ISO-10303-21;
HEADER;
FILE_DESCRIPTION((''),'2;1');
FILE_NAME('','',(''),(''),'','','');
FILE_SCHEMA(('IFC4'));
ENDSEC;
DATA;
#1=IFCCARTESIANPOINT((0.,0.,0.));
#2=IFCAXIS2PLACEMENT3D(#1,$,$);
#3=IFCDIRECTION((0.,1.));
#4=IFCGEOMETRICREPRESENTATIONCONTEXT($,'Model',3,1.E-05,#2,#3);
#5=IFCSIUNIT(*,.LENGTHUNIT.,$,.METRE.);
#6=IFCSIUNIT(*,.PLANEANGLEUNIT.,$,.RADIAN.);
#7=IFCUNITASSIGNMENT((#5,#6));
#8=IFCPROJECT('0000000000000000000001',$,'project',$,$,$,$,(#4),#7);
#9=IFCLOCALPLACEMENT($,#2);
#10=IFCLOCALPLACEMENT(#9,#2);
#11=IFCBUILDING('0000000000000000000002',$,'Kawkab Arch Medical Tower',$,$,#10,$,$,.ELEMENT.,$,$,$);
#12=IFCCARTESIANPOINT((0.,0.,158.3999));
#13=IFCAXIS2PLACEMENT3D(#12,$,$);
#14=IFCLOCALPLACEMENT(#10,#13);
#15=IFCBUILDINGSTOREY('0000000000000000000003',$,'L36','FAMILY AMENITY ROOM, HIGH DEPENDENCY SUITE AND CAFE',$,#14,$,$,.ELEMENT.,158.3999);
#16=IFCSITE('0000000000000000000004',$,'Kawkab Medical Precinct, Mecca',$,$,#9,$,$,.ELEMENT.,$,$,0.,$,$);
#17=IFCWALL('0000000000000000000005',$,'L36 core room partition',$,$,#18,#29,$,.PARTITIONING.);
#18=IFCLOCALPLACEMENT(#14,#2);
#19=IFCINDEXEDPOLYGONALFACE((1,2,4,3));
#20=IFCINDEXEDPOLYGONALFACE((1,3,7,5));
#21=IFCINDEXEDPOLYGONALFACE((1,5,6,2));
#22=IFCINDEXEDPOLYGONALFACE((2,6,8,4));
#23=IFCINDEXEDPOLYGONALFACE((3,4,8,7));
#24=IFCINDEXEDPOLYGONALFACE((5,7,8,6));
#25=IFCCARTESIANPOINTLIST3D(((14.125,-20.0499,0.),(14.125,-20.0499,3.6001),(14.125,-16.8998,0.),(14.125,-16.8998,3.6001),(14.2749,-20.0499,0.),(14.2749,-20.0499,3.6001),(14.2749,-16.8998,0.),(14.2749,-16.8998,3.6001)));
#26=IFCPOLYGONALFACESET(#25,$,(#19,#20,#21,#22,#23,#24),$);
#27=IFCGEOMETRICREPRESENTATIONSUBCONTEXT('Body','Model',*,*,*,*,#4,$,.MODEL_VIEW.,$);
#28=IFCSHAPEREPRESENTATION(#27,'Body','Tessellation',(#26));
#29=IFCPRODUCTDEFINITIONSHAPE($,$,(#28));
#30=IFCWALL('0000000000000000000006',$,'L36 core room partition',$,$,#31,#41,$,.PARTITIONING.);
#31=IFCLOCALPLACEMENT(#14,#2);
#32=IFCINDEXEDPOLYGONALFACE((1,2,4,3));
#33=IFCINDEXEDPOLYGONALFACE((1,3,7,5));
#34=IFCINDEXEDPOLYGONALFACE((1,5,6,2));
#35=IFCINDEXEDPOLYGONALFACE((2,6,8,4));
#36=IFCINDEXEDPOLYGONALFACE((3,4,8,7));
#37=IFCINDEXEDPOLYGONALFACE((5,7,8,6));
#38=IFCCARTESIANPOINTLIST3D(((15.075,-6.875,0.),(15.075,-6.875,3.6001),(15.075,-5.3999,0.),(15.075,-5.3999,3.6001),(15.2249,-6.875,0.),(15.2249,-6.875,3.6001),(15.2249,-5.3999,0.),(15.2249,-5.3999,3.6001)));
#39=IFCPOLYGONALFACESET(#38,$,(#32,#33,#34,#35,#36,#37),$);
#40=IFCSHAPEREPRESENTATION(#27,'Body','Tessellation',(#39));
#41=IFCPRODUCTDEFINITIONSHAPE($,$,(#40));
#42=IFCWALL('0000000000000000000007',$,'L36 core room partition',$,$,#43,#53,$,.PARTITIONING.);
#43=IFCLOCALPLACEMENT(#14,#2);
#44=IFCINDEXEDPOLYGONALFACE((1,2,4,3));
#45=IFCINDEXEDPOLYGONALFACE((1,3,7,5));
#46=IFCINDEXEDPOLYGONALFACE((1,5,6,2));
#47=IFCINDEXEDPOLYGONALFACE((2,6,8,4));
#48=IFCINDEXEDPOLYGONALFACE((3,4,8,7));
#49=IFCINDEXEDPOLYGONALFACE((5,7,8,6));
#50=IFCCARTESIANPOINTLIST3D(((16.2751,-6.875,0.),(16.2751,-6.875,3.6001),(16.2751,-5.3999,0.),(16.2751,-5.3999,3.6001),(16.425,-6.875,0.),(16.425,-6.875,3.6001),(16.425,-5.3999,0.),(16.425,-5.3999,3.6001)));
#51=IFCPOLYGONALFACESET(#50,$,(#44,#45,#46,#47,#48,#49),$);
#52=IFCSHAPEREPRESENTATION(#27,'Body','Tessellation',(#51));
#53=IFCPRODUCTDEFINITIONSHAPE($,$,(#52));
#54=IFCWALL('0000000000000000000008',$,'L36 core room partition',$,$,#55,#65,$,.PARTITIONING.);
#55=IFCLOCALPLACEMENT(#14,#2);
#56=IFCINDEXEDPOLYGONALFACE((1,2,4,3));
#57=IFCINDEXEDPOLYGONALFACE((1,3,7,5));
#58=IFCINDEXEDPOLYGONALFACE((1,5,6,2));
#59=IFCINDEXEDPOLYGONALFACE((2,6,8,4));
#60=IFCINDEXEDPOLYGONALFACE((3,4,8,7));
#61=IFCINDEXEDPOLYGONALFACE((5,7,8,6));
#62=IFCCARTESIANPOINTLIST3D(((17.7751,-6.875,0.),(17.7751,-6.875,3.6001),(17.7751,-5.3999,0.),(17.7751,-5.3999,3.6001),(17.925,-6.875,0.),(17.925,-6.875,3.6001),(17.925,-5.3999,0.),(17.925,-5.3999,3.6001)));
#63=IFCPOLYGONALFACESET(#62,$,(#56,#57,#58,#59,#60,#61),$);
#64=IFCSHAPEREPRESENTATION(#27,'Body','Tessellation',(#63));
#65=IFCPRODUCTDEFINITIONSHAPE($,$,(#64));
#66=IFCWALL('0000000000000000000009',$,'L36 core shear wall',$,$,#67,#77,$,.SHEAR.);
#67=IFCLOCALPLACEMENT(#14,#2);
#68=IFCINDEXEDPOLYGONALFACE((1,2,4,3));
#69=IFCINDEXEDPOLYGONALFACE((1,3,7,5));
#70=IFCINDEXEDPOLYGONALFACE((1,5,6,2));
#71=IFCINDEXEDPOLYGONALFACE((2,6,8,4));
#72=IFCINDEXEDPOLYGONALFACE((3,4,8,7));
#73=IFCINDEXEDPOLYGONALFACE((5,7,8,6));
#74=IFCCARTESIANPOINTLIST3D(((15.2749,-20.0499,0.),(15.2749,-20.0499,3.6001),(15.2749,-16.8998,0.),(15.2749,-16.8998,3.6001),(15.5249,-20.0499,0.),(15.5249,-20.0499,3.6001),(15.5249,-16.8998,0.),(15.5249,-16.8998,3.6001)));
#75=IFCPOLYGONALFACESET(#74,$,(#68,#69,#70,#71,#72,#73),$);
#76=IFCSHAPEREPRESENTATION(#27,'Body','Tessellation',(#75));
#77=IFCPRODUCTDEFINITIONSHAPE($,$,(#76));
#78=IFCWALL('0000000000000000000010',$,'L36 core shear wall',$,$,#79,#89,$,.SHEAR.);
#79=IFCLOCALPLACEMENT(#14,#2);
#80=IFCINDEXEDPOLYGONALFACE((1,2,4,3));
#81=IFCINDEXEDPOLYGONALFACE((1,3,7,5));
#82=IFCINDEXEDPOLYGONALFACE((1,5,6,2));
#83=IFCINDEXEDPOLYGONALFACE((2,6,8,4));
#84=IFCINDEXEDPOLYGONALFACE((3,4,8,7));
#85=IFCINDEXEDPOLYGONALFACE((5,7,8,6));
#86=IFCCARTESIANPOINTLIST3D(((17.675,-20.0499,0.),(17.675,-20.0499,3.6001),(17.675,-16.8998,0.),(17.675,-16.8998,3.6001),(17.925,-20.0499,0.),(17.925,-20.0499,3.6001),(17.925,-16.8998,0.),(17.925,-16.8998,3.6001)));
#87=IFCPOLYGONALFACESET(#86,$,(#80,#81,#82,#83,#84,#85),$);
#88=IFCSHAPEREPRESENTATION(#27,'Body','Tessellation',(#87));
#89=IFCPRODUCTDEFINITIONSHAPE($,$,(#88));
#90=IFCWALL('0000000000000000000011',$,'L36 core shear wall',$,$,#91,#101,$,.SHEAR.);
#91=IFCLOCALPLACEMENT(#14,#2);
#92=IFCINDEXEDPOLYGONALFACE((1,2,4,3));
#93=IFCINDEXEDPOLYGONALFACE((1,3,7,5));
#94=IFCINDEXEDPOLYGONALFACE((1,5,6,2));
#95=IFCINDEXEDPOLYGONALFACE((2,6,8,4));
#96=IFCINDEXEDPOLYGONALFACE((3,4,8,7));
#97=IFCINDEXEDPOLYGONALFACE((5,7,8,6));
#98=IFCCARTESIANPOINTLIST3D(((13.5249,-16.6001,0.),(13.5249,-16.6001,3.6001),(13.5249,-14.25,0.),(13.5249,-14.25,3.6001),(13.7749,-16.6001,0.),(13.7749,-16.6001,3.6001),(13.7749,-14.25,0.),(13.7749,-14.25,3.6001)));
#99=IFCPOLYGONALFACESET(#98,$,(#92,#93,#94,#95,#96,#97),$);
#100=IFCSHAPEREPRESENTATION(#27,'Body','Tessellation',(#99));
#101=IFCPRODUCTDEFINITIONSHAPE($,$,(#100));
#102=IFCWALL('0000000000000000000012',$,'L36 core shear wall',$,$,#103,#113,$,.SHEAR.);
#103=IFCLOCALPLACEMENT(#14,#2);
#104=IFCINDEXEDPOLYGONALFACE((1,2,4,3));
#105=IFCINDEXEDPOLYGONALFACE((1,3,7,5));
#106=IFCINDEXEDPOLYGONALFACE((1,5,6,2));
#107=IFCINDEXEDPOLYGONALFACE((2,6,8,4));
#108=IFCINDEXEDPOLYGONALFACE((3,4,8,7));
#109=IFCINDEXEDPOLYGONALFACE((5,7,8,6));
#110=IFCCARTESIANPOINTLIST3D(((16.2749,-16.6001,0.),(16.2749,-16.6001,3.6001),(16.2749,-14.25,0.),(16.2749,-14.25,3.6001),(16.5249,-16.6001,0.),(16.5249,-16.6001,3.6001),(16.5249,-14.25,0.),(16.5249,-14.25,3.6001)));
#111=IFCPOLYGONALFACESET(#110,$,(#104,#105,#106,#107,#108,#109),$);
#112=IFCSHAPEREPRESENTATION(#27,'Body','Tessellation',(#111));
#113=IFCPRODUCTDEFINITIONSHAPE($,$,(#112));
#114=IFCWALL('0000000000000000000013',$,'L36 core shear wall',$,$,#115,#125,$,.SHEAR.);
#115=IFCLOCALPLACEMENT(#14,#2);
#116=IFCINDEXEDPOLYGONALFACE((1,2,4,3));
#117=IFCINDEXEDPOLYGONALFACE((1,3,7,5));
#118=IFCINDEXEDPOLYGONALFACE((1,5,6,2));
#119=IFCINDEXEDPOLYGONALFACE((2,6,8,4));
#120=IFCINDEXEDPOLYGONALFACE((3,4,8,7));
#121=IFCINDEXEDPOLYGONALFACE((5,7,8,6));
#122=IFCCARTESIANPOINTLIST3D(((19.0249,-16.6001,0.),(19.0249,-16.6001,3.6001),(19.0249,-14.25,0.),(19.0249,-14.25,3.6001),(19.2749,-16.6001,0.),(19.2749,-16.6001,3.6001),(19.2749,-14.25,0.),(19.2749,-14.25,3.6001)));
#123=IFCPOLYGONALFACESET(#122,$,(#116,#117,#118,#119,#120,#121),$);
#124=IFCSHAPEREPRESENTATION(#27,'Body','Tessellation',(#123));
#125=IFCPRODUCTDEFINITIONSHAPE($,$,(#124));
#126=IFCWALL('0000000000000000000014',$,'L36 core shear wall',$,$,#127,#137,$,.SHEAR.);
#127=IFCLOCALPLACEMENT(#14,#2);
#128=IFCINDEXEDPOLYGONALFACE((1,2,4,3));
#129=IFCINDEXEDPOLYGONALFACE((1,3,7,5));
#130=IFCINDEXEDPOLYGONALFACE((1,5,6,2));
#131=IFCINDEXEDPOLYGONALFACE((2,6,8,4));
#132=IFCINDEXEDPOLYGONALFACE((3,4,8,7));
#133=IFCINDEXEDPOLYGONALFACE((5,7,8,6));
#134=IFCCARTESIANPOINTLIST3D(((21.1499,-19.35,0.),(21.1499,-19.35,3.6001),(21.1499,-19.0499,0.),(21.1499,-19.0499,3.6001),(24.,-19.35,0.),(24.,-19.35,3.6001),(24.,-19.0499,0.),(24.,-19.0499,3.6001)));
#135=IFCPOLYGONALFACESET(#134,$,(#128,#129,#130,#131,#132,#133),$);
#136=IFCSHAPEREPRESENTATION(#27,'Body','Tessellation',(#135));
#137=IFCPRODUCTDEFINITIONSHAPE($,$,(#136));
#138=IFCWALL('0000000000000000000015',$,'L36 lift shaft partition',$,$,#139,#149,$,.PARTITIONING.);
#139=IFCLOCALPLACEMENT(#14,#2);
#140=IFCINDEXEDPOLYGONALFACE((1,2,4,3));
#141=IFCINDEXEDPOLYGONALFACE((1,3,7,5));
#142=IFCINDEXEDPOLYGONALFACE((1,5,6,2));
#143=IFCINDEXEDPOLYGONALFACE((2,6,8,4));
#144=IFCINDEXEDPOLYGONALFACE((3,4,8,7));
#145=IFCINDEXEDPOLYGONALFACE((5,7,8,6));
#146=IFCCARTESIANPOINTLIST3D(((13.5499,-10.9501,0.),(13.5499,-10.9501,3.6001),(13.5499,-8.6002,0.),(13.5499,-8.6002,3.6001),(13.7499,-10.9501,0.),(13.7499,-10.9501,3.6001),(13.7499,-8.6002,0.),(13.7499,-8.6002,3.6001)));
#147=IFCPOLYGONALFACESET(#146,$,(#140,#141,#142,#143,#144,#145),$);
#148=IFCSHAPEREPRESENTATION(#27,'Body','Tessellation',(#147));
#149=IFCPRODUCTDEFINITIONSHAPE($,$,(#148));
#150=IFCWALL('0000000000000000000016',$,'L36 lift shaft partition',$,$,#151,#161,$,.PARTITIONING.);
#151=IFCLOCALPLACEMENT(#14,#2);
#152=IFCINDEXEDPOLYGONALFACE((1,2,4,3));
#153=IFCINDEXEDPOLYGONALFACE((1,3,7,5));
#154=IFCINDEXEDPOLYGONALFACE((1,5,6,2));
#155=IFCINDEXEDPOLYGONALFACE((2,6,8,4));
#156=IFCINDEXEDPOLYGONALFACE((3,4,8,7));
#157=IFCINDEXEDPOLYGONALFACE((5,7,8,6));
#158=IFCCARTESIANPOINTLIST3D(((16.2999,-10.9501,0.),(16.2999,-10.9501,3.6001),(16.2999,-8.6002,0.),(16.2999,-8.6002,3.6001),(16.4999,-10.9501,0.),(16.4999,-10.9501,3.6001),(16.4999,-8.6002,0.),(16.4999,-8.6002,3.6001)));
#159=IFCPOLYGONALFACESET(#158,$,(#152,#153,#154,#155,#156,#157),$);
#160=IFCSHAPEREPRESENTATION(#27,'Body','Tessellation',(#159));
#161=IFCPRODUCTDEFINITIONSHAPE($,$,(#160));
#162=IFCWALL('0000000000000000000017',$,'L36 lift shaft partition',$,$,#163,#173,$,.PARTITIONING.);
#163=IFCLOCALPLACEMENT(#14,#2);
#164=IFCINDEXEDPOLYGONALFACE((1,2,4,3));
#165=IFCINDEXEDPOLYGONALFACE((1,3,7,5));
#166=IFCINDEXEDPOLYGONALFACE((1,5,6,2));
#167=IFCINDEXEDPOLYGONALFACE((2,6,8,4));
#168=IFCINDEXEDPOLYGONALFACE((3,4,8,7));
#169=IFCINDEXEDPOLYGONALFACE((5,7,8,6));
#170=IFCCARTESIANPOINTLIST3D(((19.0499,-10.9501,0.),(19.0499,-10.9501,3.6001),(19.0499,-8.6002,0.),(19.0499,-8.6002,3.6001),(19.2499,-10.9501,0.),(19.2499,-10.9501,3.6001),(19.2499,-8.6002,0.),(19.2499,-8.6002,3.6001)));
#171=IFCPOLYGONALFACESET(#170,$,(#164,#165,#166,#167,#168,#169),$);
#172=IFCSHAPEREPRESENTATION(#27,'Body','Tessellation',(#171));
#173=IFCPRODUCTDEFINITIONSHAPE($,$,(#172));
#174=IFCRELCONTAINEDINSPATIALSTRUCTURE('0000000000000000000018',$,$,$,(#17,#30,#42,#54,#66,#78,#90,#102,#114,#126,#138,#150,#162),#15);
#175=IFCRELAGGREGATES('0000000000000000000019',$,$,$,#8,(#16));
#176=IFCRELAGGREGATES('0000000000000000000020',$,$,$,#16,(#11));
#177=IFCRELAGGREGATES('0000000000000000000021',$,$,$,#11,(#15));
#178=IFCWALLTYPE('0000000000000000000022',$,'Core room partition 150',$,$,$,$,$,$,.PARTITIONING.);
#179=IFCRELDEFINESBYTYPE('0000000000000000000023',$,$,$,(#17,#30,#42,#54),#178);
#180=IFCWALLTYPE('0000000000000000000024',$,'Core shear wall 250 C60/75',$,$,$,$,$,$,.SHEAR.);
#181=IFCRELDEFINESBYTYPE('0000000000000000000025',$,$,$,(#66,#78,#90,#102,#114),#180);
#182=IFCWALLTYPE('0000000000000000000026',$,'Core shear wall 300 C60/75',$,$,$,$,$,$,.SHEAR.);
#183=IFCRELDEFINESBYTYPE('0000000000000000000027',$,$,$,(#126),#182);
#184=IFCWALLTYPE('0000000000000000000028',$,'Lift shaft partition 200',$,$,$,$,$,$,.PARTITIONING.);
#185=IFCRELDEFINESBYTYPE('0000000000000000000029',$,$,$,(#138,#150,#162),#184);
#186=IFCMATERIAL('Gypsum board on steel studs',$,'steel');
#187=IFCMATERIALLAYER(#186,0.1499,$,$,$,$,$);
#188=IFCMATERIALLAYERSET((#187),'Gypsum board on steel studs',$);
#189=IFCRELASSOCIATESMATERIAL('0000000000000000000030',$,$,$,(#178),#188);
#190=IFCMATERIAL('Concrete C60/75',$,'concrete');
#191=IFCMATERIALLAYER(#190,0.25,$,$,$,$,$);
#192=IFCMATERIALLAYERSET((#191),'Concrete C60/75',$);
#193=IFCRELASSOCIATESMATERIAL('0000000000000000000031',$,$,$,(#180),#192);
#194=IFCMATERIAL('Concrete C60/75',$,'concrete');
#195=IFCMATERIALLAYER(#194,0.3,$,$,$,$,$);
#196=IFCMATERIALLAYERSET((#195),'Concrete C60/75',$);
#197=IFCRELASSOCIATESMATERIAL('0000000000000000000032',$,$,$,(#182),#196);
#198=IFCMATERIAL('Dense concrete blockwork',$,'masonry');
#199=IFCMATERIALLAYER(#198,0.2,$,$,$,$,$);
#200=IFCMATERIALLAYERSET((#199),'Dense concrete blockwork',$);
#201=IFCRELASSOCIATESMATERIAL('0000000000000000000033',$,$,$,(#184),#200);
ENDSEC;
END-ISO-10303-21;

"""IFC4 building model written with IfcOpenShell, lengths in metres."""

from ifc_helpers import new_model, si_unit, direction, frame, frame_2d, origin, place, context, subcontext, project, spatial, rectangle, extrude, material, layer, layer_set, type_object, element, save


model = new_model("IFC4")

# Units and contexts
model_context = context("Model", 3, precision=1e-05, world=origin(), true_north=direction((0.0, 1.0)))
body_context = subcontext(model_context, "Body", "Model", "MODEL_VIEW")
ifc_project = project(units=[si_unit("LENGTHUNIT", "METRE"), si_unit("PLANEANGLEUNIT", "RADIAN")], contexts=[model_context])

# Site, building, storey
site_placement = place(None, origin())
site = spatial("IfcSite", under=ifc_project, at=site_placement, Name="Kawkab Medical Precinct, Mecca", CompositionType="ELEMENT", RefElevation=0.0)
building_placement = place(site_placement, origin())
building = spatial("IfcBuilding", under=site, at=building_placement, Name="Kawkab Arch Medical Tower", CompositionType="ELEMENT")
storey_placement = place(building_placement, frame((0.0, 0.0, 158.3999)))
storey = spatial("IfcBuildingStorey", under=building, at=storey_placement, Name="L36", Description="FAMILY AMENITY ROOM, HIGH DEPENDENCY SUITE AND CAFE", CompositionType="ELEMENT", Elevation=158.3999)

# Walls
ifc_material_1 = material(Name="Gypsum board on steel studs", Category="steel")
ifc_layer_1 = layer(ifc_material_1, 0.1499)
ifc_layer_set_1 = layer_set([ifc_layer_1], Name="Gypsum board on steel studs")
wall_type_1 = type_object("IfcWallType", Name="Core room partition 150", PredefinedType="PARTITIONING", material=ifc_layer_set_1)
wall_1_placement = place(storey_placement, frame((14.2, -20.05, 0.0), z_axis=(0.0, 0.0, 1.0), x_axis=(0.0, 1.0, 0.0)))
element("IfcWall", 1, at=wall_1_placement, inside=storey, type_object=wall_type_1, Name="L36 core room partition", PredefinedType="PARTITIONING", context=body_context, shape_type="SweptSolid", body=[
    extrude(rectangle(XDim=3.1501, YDim=0.1499, at=frame_2d((1.5752, 0.0))), origin(), (0.0, 0.0, 1.0), 3.6001),
])
for number, where, z_axis, x_axis, name in (
    (2, (15.1499, -6.875, 0.0), (0.0, 0.0, 1.0), (0.0, 1.0, 0.0), "L36 core room partition"),
    (3, (16.3501, -6.875, 0.0), (0.0, 0.0, 1.0), (0.0, 1.0, 0.0), "L36 core room partition"),
    (4, (17.8501, -6.875, 0.0), (0.0, 0.0, 1.0), (0.0, 1.0, 0.0), "L36 core room partition"),
):
    element("IfcWall", number, at=place(storey_placement, frame(where, z_axis=z_axis, x_axis=x_axis)), inside=storey, type_object=wall_type_1, Name=name, PredefinedType="PARTITIONING", context=body_context, shape_type="SweptSolid", body=[
        extrude(rectangle(XDim=1.4751, YDim=0.1499, at=frame_2d((0.7375, 0.0))), origin(), (0.0, 0.0, 1.0), 3.6001),
    ])
ifc_material_2 = material(Name="Concrete C60/75", Category="concrete")
ifc_layer_2 = layer(ifc_material_2, 0.25)
ifc_layer_set_2 = layer_set([ifc_layer_2], Name="Concrete C60/75")
wall_type_2 = type_object("IfcWallType", Name="Core shear wall 250 C60/75", PredefinedType="SHEAR", material=ifc_layer_set_2)
for number, where, z_axis, x_axis, name in (
    (5, (15.3999, -20.05, 0.0), (0.0, 0.0, 1.0), (0.0, 1.0, 0.0), "L36 core shear wall"),
    (6, (17.8, -20.05, 0.0), (0.0, 0.0, 1.0), (0.0, 1.0, 0.0), "L36 core shear wall"),
):
    element("IfcWall", number, at=place(storey_placement, frame(where, z_axis=z_axis, x_axis=x_axis)), inside=storey, type_object=wall_type_2, Name=name, PredefinedType="SHEAR", context=body_context, shape_type="SweptSolid", body=[
        extrude(rectangle(XDim=3.1501, YDim=0.25, at=frame_2d((1.5752, 0.0))), origin(), (0.0, 0.0, 1.0), 3.6001),
    ])
for number, where, z_axis, x_axis, name in (
    (7, (13.6499, -16.6001, 0.0), (0.0, 0.0, 1.0), (0.0, 1.0, 0.0), "L36 core shear wall"),
    (8, (16.3999, -16.6001, 0.0), (0.0, 0.0, 1.0), (0.0, 1.0, 0.0), "L36 core shear wall"),
    (9, (19.1499, -16.6001, 0.0), (0.0, 0.0, 1.0), (0.0, 1.0, 0.0), "L36 core shear wall"),
):
    element("IfcWall", number, at=place(storey_placement, frame(where, z_axis=z_axis, x_axis=x_axis)), inside=storey, type_object=wall_type_2, Name=name, PredefinedType="SHEAR", context=body_context, shape_type="SweptSolid", body=[
        extrude(rectangle(XDim=2.3501, YDim=0.25, at=frame_2d((1.175, 0.0))), origin(), (0.0, 0.0, 1.0), 3.6001),
    ])
ifc_material_3 = material(Name="Concrete C60/75", Category="concrete")
ifc_layer_3 = layer(ifc_material_3, 0.3)
ifc_layer_set_3 = layer_set([ifc_layer_3], Name="Concrete C60/75")
wall_type_3 = type_object("IfcWallType", Name="Core shear wall 300 C60/75", PredefinedType="SHEAR", material=ifc_layer_set_3)
wall_2_placement = place(storey_placement, frame((21.1499, -19.2, 0.0), z_axis=(0.0, 0.0, 1.0), x_axis=(1.0, 0.0, 0.0)))
element("IfcWall", 10, at=wall_2_placement, inside=storey, type_object=wall_type_3, Name="L36 core shear wall", PredefinedType="SHEAR", context=body_context, shape_type="SweptSolid", body=[
    extrude(rectangle(XDim=2.8501, YDim=0.3, at=frame_2d((1.425, 0.0))), origin(), (0.0, 0.0, 1.0), 3.6001),
])
ifc_material_4 = material(Name="Dense concrete blockwork", Category="masonry")
ifc_layer_4 = layer(ifc_material_4, 0.2)
ifc_layer_set_4 = layer_set([ifc_layer_4], Name="Dense concrete blockwork")
wall_type_4 = type_object("IfcWallType", Name="Lift shaft partition 200", PredefinedType="PARTITIONING", material=ifc_layer_set_4)
for number, where, z_axis, x_axis, name in (
    (11, (13.6499, -10.95, 0.0), (0.0, 0.0, 1.0), (0.0, 1.0, 0.0), "L36 lift shaft partition"),
    (12, (16.3999, -10.95, 0.0), (0.0, 0.0, 1.0), (0.0, 1.0, 0.0), "L36 lift shaft partition"),
    (13, (19.1499, -10.95, 0.0), (0.0, 0.0, 1.0), (0.0, 1.0, 0.0), "L36 lift shaft partition"),
):
    element("IfcWall", number, at=place(storey_placement, frame(where, z_axis=z_axis, x_axis=x_axis)), inside=storey, type_object=wall_type_4, Name=name, PredefinedType="PARTITIONING", context=body_context, shape_type="SweptSolid", body=[
        extrude(rectangle(XDim=2.3499, YDim=0.2, at=frame_2d((1.1748, 0.0))), origin(), (0.0, 0.0, 1.0), 3.6001),
    ])

save(model, "model.ifc")
